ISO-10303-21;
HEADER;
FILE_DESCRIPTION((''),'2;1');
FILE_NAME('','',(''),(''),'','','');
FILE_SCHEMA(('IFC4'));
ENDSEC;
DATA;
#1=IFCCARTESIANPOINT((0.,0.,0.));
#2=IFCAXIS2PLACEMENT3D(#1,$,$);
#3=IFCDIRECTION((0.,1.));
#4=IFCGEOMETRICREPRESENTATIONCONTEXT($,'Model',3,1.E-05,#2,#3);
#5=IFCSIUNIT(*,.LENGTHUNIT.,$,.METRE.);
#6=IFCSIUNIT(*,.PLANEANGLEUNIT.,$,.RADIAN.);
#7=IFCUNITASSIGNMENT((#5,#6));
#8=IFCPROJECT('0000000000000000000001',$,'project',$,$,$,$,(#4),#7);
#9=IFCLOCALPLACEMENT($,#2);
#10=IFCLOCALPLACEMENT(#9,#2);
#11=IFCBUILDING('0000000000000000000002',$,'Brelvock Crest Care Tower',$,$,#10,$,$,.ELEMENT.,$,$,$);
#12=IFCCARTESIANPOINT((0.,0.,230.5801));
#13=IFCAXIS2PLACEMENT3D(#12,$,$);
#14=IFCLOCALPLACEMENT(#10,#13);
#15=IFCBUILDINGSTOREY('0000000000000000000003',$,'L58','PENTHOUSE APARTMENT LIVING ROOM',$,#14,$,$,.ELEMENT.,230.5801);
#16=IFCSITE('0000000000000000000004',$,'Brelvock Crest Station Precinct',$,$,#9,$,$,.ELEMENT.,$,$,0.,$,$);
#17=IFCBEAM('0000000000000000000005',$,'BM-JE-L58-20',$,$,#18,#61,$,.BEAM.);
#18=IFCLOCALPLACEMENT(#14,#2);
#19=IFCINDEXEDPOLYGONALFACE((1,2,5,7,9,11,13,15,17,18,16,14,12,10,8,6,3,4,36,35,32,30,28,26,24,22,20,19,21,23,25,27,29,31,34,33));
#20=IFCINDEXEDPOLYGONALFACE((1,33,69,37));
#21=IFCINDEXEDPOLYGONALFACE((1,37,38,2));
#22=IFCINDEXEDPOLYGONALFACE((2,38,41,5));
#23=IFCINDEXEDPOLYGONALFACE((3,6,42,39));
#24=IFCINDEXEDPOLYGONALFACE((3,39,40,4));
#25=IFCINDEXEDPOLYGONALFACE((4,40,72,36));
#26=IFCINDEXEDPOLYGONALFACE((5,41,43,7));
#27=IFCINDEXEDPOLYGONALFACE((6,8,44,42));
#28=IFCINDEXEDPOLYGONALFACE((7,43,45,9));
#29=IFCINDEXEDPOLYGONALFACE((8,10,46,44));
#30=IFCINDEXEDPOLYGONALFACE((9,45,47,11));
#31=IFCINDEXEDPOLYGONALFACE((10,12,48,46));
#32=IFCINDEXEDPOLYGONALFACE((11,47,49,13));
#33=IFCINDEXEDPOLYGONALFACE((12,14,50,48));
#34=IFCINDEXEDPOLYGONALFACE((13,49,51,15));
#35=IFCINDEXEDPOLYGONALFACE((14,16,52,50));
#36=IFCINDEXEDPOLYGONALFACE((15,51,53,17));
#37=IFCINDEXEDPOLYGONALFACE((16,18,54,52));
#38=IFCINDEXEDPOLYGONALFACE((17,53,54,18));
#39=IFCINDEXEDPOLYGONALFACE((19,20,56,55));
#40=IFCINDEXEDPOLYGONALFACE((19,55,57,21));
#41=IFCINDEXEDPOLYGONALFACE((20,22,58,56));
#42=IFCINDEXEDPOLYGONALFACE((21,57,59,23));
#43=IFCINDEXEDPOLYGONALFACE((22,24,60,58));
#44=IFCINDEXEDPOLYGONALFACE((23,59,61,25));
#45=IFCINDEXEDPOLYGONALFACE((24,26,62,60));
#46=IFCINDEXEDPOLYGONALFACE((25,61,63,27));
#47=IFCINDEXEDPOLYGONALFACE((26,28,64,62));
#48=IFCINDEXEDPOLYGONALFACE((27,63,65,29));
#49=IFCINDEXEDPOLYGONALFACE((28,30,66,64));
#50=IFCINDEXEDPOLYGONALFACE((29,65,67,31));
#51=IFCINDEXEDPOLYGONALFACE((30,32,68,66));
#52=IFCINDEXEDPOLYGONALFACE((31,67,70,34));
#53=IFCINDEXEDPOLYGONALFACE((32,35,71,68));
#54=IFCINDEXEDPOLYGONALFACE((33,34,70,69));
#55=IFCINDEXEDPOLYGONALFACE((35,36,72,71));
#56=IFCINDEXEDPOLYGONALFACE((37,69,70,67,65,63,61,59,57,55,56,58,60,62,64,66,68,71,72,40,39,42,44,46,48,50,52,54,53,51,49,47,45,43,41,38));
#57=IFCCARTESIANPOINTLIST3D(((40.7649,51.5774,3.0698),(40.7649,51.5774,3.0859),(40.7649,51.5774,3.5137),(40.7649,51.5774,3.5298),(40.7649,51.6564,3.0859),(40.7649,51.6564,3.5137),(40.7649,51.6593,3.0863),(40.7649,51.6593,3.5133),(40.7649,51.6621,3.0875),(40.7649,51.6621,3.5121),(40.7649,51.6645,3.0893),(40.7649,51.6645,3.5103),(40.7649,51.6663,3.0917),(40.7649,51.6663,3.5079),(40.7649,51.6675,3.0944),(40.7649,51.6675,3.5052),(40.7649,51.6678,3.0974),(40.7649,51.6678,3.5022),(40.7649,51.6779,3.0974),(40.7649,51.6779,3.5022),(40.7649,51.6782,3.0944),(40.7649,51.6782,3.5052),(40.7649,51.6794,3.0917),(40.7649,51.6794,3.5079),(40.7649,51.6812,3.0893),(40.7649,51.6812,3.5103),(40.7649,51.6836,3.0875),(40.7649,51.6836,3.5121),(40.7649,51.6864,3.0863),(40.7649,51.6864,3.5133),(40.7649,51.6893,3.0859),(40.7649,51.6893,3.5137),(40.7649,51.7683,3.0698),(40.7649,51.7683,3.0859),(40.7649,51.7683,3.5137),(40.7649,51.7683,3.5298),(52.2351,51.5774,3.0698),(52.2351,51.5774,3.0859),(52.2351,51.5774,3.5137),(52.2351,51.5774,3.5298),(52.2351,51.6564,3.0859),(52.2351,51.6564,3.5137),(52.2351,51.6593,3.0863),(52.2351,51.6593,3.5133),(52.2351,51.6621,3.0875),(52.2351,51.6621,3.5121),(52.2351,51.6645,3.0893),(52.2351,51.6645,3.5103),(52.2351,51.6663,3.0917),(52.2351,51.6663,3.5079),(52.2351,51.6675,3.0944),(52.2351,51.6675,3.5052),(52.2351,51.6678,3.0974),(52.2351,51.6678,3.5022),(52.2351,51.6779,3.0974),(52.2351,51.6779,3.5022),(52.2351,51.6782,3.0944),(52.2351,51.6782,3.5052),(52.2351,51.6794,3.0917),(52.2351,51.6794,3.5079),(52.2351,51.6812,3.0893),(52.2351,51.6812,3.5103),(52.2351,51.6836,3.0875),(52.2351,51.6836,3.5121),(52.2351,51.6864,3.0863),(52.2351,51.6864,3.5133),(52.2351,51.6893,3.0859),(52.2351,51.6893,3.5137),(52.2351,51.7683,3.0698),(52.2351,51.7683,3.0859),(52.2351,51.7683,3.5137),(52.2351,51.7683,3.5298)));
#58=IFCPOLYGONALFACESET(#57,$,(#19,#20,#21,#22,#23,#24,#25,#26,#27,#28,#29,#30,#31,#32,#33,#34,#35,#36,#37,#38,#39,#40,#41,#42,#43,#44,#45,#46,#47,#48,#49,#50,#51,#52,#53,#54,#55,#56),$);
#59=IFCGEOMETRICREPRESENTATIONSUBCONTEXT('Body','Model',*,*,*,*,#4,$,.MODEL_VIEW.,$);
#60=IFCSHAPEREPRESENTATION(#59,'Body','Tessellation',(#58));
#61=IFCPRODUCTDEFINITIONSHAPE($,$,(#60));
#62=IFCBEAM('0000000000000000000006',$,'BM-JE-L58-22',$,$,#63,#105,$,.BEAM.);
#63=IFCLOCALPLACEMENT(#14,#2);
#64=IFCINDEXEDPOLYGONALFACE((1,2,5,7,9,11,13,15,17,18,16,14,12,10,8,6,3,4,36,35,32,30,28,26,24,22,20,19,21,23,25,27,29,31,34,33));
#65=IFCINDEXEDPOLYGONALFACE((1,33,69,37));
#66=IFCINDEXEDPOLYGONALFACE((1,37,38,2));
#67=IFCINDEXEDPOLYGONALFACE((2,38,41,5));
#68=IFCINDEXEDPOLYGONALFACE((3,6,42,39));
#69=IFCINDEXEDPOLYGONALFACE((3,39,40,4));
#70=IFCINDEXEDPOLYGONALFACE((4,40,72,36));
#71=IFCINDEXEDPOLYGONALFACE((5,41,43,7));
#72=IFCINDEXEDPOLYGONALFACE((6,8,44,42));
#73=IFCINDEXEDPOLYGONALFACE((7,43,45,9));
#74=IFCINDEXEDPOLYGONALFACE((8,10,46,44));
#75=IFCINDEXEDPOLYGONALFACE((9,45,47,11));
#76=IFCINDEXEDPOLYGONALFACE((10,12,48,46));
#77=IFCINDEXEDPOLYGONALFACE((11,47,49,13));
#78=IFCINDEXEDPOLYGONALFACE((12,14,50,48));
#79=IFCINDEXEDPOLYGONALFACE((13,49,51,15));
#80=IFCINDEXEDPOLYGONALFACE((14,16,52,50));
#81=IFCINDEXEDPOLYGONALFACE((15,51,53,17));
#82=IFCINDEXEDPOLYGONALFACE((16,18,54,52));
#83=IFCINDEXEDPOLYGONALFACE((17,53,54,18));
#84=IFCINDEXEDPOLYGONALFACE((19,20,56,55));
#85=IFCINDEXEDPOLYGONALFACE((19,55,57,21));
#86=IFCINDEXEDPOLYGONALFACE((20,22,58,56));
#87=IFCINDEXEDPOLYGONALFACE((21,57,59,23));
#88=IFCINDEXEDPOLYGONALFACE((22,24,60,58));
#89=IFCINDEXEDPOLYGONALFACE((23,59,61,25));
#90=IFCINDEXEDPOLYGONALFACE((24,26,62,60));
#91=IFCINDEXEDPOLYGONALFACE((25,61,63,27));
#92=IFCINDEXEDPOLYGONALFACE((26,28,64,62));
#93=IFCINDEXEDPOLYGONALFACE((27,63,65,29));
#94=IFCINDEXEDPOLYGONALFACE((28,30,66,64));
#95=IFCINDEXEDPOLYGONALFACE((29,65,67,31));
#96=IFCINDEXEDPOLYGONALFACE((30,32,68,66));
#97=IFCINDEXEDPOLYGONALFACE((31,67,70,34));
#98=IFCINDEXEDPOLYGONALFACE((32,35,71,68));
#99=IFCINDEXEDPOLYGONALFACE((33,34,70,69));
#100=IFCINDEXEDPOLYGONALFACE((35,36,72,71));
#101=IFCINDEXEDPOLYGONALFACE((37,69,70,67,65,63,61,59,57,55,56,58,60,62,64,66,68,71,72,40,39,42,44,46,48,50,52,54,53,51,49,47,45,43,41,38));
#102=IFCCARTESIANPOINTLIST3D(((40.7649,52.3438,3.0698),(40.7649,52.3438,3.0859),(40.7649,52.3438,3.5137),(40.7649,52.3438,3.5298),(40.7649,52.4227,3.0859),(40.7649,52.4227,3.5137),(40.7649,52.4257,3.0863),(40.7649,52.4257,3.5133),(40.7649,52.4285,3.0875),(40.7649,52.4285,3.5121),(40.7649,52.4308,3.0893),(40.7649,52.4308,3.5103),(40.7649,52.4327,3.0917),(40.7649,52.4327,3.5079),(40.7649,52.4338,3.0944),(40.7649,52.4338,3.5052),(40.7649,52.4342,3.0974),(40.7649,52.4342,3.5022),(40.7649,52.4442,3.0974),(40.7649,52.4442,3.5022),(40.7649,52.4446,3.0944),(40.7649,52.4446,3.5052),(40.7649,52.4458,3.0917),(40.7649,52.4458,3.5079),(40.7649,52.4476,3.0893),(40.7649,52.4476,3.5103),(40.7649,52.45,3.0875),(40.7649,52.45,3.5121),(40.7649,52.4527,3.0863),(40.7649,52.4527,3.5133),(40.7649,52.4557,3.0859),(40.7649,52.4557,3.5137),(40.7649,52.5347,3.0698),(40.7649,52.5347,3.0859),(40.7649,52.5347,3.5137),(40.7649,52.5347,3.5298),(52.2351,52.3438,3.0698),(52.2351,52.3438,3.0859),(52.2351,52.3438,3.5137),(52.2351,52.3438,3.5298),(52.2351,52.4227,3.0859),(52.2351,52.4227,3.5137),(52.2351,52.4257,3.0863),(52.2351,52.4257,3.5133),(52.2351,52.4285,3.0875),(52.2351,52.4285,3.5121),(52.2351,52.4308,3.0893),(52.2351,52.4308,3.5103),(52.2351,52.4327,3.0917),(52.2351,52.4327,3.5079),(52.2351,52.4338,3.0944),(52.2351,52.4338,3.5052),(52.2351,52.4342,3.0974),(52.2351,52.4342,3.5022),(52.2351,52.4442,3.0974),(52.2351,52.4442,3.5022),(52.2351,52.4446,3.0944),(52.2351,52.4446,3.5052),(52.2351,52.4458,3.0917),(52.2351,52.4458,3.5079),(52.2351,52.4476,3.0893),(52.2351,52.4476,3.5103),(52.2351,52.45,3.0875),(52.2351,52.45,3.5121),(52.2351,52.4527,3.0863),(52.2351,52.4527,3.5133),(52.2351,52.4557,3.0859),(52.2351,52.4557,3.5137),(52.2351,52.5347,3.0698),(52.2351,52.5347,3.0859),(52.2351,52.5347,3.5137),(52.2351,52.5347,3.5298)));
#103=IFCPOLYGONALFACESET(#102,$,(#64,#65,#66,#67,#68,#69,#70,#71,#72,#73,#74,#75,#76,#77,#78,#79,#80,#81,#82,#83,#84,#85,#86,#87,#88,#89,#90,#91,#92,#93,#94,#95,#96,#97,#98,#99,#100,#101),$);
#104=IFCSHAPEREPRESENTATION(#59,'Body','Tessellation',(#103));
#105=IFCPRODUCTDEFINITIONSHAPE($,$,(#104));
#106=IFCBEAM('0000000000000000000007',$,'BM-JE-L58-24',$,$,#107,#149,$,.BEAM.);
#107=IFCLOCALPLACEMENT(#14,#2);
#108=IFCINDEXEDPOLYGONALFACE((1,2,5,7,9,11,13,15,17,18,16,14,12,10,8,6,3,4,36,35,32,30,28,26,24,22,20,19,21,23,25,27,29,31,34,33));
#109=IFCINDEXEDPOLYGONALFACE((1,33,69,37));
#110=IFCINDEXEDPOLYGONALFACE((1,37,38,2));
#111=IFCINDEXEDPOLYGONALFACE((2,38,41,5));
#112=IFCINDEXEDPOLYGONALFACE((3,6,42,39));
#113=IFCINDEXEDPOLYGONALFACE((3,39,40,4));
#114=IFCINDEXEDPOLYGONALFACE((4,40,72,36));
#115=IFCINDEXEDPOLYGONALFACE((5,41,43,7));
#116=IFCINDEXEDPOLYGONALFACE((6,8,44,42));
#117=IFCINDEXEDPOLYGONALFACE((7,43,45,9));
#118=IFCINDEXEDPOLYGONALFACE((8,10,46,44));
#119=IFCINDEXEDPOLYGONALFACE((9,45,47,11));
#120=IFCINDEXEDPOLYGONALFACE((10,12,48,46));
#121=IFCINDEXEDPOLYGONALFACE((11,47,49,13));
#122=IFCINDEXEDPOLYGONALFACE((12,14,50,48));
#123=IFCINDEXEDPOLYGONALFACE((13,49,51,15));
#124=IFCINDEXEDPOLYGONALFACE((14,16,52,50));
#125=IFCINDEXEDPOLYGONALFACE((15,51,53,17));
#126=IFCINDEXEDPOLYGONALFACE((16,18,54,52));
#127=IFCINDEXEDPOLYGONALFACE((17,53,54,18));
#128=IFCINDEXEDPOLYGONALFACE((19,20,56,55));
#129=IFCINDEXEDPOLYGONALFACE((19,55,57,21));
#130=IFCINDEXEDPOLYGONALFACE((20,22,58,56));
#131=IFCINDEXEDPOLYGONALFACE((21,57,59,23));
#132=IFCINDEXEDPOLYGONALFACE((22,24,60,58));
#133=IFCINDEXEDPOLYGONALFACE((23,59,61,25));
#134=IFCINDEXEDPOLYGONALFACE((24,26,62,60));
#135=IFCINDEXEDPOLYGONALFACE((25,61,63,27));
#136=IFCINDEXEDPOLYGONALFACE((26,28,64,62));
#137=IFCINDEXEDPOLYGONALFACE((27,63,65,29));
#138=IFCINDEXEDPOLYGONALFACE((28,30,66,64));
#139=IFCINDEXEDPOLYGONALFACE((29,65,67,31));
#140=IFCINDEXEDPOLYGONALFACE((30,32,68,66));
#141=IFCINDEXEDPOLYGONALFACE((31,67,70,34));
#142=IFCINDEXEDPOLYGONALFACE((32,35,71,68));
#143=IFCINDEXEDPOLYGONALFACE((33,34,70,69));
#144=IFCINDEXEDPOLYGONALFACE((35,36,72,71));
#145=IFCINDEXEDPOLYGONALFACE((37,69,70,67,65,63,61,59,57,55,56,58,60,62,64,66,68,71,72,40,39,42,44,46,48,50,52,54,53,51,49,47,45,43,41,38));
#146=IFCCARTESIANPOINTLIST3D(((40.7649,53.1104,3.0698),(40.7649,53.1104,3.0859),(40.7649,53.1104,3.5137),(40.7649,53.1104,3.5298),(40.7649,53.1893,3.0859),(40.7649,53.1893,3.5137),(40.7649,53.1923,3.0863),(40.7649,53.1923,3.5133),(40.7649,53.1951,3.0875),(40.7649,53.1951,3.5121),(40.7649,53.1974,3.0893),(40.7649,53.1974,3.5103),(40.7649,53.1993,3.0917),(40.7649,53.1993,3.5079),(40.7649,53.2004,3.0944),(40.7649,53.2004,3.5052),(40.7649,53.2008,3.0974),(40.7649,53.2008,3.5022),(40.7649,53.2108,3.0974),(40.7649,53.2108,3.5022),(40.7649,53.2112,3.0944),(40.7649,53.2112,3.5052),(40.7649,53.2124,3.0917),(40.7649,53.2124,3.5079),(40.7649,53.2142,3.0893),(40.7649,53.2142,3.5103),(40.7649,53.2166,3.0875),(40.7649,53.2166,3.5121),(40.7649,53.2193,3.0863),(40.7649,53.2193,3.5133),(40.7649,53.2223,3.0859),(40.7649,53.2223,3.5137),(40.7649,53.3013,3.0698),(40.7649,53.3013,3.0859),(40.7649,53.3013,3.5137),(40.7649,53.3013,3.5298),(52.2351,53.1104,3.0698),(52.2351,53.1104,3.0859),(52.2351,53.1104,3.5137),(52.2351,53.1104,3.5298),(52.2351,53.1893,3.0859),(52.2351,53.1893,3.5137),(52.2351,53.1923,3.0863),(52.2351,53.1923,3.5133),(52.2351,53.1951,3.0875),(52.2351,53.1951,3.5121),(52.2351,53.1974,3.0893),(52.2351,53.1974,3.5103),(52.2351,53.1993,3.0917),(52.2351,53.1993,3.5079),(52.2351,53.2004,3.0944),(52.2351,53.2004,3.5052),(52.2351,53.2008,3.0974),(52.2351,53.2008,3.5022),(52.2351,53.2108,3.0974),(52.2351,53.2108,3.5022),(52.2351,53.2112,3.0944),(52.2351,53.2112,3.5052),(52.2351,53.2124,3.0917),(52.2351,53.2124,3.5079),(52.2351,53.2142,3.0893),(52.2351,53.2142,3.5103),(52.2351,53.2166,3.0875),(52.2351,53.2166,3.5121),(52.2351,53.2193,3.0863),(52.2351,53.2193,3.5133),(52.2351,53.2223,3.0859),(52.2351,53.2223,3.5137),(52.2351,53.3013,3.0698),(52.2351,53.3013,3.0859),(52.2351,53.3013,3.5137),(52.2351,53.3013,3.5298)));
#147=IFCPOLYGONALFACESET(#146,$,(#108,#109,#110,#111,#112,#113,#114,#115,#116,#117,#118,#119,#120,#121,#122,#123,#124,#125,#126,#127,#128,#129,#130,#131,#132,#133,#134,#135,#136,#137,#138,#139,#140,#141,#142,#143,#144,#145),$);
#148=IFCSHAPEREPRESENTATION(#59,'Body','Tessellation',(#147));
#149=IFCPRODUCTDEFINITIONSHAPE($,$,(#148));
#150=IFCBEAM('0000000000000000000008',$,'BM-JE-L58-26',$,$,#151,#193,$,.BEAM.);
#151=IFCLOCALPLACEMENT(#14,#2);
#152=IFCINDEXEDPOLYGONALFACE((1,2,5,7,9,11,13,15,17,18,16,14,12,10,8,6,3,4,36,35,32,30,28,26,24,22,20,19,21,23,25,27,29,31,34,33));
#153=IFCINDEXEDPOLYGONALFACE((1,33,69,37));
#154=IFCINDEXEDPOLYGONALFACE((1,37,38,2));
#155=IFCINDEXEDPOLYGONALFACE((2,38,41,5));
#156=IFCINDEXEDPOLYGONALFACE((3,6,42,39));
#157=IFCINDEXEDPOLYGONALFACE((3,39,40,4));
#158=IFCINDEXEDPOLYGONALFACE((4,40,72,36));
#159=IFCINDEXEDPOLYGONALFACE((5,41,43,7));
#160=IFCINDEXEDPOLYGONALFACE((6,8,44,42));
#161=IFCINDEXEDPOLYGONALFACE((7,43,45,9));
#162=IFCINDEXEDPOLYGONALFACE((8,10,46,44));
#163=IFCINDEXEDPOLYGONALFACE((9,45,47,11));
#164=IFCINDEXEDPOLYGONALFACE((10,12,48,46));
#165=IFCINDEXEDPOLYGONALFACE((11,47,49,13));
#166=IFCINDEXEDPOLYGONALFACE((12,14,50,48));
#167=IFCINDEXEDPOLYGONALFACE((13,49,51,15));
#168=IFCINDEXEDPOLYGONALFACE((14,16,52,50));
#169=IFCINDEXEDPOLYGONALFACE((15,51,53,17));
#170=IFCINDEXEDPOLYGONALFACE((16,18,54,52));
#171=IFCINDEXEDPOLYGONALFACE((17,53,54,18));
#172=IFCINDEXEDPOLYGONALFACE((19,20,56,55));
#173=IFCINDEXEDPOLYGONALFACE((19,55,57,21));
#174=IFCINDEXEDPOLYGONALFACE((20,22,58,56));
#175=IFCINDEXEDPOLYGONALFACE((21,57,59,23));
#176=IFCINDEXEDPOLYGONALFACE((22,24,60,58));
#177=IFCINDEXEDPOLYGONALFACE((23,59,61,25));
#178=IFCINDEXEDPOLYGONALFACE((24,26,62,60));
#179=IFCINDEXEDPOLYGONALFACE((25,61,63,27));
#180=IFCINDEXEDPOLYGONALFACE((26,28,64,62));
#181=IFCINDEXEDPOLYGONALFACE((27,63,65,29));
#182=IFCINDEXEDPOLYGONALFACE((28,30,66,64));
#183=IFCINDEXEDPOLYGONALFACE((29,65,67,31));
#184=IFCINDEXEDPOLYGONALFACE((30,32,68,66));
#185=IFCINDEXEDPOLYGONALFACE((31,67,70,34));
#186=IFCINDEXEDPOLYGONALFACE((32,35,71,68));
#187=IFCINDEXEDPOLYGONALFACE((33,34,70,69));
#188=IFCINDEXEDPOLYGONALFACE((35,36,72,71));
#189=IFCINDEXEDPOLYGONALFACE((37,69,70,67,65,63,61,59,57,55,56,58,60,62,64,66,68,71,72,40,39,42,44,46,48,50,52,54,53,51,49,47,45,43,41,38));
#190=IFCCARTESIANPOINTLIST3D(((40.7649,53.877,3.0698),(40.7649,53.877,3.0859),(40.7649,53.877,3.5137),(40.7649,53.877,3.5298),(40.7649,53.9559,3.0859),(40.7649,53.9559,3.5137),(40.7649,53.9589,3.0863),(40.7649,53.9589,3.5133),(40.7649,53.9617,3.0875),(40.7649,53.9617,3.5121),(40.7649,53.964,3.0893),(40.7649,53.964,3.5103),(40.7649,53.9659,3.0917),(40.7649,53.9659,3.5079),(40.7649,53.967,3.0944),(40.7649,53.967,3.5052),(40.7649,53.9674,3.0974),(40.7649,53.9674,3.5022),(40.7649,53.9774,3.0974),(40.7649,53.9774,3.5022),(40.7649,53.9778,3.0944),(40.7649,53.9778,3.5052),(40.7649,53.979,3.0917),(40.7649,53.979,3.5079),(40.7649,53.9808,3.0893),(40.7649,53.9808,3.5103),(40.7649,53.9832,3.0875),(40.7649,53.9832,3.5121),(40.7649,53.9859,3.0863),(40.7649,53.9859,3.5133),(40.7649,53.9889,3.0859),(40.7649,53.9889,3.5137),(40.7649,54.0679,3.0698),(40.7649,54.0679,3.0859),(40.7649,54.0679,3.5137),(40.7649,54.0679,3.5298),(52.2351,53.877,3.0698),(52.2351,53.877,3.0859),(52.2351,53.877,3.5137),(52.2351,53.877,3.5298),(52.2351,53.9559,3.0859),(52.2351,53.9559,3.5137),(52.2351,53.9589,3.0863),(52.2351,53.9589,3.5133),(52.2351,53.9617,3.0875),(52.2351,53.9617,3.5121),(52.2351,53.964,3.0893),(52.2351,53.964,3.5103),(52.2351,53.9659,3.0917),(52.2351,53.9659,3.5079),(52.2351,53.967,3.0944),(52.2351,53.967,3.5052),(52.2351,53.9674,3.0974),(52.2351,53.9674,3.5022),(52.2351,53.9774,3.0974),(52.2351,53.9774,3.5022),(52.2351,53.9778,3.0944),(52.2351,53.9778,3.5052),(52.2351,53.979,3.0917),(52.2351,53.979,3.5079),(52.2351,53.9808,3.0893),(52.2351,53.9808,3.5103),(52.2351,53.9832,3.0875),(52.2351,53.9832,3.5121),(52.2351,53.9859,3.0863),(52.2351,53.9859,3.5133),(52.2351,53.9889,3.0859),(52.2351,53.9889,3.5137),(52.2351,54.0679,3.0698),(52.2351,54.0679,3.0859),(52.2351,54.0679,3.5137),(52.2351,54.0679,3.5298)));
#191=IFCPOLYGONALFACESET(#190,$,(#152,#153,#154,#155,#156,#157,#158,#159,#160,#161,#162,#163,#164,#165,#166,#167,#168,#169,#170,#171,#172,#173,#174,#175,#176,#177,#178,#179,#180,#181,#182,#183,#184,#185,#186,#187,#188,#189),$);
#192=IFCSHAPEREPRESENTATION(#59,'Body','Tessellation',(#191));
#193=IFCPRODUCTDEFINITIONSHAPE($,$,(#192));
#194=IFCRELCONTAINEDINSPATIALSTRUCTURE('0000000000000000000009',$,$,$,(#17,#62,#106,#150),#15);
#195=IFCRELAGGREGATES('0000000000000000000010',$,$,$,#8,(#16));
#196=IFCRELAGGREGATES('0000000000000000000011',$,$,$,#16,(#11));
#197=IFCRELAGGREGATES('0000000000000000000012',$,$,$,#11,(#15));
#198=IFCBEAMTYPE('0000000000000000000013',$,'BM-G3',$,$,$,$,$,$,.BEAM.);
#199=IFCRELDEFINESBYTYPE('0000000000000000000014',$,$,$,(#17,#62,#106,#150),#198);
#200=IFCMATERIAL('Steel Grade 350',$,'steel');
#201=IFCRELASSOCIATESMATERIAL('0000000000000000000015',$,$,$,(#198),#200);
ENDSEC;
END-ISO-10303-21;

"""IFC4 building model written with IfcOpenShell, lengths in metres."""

from ifc_helpers import new_model, si_unit, direction, frame, origin, origin_2d, place, context, subcontext, project, spatial, i_section, extrude, source, transform, mapped, material, material_profile, profile_set, type_object, element, save


model = new_model("IFC4")

# Units and contexts
model_context = context("Model", 3, precision=1e-05, world=origin(), true_north=direction((0.0, 1.0)))
body_context = subcontext(model_context, "Body", "Model", "MODEL_VIEW")
ifc_project = project(units=[si_unit("LENGTHUNIT", "METRE"), si_unit("PLANEANGLEUNIT", "RADIAN")], contexts=[model_context])

# Site, building, storey
site_placement = place(None, origin())
site = spatial("IfcSite", under=ifc_project, at=site_placement, Name="Brelvock Crest Station Precinct", CompositionType="ELEMENT", RefElevation=0.0)
building_placement = place(site_placement, origin())
building = spatial("IfcBuilding", under=site, at=building_placement, Name="Brelvock Crest Care Tower", CompositionType="ELEMENT")
storey_placement = place(building_placement, frame((0.0, 0.0, 230.5801)))
storey = spatial("IfcBuildingStorey", under=building, at=storey_placement, Name="L58", Description="PENTHOUSE APARTMENT LIVING ROOM", CompositionType="ELEMENT", Elevation=230.5801)

# Shared definitions
ifc_material_1 = material(Name="Steel Grade 350", Category="steel")

# Beams
ifc_material_profile_1 = material_profile(ifc_material_1, i_section(OverallWidth=0.1909, OverallDepth=0.46, WebThickness=0.01, FlangeThickness=0.0161, FilletRadius=0.0115, at=origin_2d()), Name="460UB82.1")
ifc_profile_set_1 = profile_set([ifc_material_profile_1], Name="Steel Grade 350")
beam_type_1 = type_object("IfcBeamType", Name="BM-G3", PredefinedType="BEAM", material=ifc_profile_set_1)
shared_shape_1 = source(origin(), body_context, "Body", "SweptSolid", [
    extrude(i_section(OverallWidth=0.1909, OverallDepth=0.46, WebThickness=0.01, FlangeThickness=0.0161, FilletRadius=0.0115, at=origin_2d()), origin(), (0.0, 0.0, 1.0), 11.4702),
])
for number, where, z_axis, x_axis, name in (
    (1, (40.7649, 51.6729, 3.2998), (1.0, 0.0, 0.0), (0.0, 1.0, 0.0), "BM-JE-L58-20"),
    (2, (40.7649, 52.4392, 3.2998), (1.0, 0.0, 0.0), (0.0, 1.0, 0.0), "BM-JE-L58-22"),
    (3, (40.7649, 53.2058, 3.2998), (1.0, 0.0, 0.0), (0.0, 1.0, 0.0), "BM-JE-L58-24"),
    (4, (40.7649, 53.9724, 3.2998), (1.0, 0.0, 0.0), (0.0, 1.0, 0.0), "BM-JE-L58-26"),
):
    element("IfcBeam", number, at=place(storey_placement, frame(where, z_axis=z_axis, x_axis=x_axis)), inside=storey, type_object=beam_type_1, Name=name, PredefinedType="BEAM", context=body_context, shape_type="MappedRepresentation", body=[
        mapped(shared_shape_1, transform((0.0, 0.0, 0.0), x_axis=(1.0, 0.0, 0.0), y_axis=(0.0, 1.0, 0.0), z_axis=(0.0, 0.0, 1.0), scale=1.0)),
    ])

save(model, "model.ifc")
